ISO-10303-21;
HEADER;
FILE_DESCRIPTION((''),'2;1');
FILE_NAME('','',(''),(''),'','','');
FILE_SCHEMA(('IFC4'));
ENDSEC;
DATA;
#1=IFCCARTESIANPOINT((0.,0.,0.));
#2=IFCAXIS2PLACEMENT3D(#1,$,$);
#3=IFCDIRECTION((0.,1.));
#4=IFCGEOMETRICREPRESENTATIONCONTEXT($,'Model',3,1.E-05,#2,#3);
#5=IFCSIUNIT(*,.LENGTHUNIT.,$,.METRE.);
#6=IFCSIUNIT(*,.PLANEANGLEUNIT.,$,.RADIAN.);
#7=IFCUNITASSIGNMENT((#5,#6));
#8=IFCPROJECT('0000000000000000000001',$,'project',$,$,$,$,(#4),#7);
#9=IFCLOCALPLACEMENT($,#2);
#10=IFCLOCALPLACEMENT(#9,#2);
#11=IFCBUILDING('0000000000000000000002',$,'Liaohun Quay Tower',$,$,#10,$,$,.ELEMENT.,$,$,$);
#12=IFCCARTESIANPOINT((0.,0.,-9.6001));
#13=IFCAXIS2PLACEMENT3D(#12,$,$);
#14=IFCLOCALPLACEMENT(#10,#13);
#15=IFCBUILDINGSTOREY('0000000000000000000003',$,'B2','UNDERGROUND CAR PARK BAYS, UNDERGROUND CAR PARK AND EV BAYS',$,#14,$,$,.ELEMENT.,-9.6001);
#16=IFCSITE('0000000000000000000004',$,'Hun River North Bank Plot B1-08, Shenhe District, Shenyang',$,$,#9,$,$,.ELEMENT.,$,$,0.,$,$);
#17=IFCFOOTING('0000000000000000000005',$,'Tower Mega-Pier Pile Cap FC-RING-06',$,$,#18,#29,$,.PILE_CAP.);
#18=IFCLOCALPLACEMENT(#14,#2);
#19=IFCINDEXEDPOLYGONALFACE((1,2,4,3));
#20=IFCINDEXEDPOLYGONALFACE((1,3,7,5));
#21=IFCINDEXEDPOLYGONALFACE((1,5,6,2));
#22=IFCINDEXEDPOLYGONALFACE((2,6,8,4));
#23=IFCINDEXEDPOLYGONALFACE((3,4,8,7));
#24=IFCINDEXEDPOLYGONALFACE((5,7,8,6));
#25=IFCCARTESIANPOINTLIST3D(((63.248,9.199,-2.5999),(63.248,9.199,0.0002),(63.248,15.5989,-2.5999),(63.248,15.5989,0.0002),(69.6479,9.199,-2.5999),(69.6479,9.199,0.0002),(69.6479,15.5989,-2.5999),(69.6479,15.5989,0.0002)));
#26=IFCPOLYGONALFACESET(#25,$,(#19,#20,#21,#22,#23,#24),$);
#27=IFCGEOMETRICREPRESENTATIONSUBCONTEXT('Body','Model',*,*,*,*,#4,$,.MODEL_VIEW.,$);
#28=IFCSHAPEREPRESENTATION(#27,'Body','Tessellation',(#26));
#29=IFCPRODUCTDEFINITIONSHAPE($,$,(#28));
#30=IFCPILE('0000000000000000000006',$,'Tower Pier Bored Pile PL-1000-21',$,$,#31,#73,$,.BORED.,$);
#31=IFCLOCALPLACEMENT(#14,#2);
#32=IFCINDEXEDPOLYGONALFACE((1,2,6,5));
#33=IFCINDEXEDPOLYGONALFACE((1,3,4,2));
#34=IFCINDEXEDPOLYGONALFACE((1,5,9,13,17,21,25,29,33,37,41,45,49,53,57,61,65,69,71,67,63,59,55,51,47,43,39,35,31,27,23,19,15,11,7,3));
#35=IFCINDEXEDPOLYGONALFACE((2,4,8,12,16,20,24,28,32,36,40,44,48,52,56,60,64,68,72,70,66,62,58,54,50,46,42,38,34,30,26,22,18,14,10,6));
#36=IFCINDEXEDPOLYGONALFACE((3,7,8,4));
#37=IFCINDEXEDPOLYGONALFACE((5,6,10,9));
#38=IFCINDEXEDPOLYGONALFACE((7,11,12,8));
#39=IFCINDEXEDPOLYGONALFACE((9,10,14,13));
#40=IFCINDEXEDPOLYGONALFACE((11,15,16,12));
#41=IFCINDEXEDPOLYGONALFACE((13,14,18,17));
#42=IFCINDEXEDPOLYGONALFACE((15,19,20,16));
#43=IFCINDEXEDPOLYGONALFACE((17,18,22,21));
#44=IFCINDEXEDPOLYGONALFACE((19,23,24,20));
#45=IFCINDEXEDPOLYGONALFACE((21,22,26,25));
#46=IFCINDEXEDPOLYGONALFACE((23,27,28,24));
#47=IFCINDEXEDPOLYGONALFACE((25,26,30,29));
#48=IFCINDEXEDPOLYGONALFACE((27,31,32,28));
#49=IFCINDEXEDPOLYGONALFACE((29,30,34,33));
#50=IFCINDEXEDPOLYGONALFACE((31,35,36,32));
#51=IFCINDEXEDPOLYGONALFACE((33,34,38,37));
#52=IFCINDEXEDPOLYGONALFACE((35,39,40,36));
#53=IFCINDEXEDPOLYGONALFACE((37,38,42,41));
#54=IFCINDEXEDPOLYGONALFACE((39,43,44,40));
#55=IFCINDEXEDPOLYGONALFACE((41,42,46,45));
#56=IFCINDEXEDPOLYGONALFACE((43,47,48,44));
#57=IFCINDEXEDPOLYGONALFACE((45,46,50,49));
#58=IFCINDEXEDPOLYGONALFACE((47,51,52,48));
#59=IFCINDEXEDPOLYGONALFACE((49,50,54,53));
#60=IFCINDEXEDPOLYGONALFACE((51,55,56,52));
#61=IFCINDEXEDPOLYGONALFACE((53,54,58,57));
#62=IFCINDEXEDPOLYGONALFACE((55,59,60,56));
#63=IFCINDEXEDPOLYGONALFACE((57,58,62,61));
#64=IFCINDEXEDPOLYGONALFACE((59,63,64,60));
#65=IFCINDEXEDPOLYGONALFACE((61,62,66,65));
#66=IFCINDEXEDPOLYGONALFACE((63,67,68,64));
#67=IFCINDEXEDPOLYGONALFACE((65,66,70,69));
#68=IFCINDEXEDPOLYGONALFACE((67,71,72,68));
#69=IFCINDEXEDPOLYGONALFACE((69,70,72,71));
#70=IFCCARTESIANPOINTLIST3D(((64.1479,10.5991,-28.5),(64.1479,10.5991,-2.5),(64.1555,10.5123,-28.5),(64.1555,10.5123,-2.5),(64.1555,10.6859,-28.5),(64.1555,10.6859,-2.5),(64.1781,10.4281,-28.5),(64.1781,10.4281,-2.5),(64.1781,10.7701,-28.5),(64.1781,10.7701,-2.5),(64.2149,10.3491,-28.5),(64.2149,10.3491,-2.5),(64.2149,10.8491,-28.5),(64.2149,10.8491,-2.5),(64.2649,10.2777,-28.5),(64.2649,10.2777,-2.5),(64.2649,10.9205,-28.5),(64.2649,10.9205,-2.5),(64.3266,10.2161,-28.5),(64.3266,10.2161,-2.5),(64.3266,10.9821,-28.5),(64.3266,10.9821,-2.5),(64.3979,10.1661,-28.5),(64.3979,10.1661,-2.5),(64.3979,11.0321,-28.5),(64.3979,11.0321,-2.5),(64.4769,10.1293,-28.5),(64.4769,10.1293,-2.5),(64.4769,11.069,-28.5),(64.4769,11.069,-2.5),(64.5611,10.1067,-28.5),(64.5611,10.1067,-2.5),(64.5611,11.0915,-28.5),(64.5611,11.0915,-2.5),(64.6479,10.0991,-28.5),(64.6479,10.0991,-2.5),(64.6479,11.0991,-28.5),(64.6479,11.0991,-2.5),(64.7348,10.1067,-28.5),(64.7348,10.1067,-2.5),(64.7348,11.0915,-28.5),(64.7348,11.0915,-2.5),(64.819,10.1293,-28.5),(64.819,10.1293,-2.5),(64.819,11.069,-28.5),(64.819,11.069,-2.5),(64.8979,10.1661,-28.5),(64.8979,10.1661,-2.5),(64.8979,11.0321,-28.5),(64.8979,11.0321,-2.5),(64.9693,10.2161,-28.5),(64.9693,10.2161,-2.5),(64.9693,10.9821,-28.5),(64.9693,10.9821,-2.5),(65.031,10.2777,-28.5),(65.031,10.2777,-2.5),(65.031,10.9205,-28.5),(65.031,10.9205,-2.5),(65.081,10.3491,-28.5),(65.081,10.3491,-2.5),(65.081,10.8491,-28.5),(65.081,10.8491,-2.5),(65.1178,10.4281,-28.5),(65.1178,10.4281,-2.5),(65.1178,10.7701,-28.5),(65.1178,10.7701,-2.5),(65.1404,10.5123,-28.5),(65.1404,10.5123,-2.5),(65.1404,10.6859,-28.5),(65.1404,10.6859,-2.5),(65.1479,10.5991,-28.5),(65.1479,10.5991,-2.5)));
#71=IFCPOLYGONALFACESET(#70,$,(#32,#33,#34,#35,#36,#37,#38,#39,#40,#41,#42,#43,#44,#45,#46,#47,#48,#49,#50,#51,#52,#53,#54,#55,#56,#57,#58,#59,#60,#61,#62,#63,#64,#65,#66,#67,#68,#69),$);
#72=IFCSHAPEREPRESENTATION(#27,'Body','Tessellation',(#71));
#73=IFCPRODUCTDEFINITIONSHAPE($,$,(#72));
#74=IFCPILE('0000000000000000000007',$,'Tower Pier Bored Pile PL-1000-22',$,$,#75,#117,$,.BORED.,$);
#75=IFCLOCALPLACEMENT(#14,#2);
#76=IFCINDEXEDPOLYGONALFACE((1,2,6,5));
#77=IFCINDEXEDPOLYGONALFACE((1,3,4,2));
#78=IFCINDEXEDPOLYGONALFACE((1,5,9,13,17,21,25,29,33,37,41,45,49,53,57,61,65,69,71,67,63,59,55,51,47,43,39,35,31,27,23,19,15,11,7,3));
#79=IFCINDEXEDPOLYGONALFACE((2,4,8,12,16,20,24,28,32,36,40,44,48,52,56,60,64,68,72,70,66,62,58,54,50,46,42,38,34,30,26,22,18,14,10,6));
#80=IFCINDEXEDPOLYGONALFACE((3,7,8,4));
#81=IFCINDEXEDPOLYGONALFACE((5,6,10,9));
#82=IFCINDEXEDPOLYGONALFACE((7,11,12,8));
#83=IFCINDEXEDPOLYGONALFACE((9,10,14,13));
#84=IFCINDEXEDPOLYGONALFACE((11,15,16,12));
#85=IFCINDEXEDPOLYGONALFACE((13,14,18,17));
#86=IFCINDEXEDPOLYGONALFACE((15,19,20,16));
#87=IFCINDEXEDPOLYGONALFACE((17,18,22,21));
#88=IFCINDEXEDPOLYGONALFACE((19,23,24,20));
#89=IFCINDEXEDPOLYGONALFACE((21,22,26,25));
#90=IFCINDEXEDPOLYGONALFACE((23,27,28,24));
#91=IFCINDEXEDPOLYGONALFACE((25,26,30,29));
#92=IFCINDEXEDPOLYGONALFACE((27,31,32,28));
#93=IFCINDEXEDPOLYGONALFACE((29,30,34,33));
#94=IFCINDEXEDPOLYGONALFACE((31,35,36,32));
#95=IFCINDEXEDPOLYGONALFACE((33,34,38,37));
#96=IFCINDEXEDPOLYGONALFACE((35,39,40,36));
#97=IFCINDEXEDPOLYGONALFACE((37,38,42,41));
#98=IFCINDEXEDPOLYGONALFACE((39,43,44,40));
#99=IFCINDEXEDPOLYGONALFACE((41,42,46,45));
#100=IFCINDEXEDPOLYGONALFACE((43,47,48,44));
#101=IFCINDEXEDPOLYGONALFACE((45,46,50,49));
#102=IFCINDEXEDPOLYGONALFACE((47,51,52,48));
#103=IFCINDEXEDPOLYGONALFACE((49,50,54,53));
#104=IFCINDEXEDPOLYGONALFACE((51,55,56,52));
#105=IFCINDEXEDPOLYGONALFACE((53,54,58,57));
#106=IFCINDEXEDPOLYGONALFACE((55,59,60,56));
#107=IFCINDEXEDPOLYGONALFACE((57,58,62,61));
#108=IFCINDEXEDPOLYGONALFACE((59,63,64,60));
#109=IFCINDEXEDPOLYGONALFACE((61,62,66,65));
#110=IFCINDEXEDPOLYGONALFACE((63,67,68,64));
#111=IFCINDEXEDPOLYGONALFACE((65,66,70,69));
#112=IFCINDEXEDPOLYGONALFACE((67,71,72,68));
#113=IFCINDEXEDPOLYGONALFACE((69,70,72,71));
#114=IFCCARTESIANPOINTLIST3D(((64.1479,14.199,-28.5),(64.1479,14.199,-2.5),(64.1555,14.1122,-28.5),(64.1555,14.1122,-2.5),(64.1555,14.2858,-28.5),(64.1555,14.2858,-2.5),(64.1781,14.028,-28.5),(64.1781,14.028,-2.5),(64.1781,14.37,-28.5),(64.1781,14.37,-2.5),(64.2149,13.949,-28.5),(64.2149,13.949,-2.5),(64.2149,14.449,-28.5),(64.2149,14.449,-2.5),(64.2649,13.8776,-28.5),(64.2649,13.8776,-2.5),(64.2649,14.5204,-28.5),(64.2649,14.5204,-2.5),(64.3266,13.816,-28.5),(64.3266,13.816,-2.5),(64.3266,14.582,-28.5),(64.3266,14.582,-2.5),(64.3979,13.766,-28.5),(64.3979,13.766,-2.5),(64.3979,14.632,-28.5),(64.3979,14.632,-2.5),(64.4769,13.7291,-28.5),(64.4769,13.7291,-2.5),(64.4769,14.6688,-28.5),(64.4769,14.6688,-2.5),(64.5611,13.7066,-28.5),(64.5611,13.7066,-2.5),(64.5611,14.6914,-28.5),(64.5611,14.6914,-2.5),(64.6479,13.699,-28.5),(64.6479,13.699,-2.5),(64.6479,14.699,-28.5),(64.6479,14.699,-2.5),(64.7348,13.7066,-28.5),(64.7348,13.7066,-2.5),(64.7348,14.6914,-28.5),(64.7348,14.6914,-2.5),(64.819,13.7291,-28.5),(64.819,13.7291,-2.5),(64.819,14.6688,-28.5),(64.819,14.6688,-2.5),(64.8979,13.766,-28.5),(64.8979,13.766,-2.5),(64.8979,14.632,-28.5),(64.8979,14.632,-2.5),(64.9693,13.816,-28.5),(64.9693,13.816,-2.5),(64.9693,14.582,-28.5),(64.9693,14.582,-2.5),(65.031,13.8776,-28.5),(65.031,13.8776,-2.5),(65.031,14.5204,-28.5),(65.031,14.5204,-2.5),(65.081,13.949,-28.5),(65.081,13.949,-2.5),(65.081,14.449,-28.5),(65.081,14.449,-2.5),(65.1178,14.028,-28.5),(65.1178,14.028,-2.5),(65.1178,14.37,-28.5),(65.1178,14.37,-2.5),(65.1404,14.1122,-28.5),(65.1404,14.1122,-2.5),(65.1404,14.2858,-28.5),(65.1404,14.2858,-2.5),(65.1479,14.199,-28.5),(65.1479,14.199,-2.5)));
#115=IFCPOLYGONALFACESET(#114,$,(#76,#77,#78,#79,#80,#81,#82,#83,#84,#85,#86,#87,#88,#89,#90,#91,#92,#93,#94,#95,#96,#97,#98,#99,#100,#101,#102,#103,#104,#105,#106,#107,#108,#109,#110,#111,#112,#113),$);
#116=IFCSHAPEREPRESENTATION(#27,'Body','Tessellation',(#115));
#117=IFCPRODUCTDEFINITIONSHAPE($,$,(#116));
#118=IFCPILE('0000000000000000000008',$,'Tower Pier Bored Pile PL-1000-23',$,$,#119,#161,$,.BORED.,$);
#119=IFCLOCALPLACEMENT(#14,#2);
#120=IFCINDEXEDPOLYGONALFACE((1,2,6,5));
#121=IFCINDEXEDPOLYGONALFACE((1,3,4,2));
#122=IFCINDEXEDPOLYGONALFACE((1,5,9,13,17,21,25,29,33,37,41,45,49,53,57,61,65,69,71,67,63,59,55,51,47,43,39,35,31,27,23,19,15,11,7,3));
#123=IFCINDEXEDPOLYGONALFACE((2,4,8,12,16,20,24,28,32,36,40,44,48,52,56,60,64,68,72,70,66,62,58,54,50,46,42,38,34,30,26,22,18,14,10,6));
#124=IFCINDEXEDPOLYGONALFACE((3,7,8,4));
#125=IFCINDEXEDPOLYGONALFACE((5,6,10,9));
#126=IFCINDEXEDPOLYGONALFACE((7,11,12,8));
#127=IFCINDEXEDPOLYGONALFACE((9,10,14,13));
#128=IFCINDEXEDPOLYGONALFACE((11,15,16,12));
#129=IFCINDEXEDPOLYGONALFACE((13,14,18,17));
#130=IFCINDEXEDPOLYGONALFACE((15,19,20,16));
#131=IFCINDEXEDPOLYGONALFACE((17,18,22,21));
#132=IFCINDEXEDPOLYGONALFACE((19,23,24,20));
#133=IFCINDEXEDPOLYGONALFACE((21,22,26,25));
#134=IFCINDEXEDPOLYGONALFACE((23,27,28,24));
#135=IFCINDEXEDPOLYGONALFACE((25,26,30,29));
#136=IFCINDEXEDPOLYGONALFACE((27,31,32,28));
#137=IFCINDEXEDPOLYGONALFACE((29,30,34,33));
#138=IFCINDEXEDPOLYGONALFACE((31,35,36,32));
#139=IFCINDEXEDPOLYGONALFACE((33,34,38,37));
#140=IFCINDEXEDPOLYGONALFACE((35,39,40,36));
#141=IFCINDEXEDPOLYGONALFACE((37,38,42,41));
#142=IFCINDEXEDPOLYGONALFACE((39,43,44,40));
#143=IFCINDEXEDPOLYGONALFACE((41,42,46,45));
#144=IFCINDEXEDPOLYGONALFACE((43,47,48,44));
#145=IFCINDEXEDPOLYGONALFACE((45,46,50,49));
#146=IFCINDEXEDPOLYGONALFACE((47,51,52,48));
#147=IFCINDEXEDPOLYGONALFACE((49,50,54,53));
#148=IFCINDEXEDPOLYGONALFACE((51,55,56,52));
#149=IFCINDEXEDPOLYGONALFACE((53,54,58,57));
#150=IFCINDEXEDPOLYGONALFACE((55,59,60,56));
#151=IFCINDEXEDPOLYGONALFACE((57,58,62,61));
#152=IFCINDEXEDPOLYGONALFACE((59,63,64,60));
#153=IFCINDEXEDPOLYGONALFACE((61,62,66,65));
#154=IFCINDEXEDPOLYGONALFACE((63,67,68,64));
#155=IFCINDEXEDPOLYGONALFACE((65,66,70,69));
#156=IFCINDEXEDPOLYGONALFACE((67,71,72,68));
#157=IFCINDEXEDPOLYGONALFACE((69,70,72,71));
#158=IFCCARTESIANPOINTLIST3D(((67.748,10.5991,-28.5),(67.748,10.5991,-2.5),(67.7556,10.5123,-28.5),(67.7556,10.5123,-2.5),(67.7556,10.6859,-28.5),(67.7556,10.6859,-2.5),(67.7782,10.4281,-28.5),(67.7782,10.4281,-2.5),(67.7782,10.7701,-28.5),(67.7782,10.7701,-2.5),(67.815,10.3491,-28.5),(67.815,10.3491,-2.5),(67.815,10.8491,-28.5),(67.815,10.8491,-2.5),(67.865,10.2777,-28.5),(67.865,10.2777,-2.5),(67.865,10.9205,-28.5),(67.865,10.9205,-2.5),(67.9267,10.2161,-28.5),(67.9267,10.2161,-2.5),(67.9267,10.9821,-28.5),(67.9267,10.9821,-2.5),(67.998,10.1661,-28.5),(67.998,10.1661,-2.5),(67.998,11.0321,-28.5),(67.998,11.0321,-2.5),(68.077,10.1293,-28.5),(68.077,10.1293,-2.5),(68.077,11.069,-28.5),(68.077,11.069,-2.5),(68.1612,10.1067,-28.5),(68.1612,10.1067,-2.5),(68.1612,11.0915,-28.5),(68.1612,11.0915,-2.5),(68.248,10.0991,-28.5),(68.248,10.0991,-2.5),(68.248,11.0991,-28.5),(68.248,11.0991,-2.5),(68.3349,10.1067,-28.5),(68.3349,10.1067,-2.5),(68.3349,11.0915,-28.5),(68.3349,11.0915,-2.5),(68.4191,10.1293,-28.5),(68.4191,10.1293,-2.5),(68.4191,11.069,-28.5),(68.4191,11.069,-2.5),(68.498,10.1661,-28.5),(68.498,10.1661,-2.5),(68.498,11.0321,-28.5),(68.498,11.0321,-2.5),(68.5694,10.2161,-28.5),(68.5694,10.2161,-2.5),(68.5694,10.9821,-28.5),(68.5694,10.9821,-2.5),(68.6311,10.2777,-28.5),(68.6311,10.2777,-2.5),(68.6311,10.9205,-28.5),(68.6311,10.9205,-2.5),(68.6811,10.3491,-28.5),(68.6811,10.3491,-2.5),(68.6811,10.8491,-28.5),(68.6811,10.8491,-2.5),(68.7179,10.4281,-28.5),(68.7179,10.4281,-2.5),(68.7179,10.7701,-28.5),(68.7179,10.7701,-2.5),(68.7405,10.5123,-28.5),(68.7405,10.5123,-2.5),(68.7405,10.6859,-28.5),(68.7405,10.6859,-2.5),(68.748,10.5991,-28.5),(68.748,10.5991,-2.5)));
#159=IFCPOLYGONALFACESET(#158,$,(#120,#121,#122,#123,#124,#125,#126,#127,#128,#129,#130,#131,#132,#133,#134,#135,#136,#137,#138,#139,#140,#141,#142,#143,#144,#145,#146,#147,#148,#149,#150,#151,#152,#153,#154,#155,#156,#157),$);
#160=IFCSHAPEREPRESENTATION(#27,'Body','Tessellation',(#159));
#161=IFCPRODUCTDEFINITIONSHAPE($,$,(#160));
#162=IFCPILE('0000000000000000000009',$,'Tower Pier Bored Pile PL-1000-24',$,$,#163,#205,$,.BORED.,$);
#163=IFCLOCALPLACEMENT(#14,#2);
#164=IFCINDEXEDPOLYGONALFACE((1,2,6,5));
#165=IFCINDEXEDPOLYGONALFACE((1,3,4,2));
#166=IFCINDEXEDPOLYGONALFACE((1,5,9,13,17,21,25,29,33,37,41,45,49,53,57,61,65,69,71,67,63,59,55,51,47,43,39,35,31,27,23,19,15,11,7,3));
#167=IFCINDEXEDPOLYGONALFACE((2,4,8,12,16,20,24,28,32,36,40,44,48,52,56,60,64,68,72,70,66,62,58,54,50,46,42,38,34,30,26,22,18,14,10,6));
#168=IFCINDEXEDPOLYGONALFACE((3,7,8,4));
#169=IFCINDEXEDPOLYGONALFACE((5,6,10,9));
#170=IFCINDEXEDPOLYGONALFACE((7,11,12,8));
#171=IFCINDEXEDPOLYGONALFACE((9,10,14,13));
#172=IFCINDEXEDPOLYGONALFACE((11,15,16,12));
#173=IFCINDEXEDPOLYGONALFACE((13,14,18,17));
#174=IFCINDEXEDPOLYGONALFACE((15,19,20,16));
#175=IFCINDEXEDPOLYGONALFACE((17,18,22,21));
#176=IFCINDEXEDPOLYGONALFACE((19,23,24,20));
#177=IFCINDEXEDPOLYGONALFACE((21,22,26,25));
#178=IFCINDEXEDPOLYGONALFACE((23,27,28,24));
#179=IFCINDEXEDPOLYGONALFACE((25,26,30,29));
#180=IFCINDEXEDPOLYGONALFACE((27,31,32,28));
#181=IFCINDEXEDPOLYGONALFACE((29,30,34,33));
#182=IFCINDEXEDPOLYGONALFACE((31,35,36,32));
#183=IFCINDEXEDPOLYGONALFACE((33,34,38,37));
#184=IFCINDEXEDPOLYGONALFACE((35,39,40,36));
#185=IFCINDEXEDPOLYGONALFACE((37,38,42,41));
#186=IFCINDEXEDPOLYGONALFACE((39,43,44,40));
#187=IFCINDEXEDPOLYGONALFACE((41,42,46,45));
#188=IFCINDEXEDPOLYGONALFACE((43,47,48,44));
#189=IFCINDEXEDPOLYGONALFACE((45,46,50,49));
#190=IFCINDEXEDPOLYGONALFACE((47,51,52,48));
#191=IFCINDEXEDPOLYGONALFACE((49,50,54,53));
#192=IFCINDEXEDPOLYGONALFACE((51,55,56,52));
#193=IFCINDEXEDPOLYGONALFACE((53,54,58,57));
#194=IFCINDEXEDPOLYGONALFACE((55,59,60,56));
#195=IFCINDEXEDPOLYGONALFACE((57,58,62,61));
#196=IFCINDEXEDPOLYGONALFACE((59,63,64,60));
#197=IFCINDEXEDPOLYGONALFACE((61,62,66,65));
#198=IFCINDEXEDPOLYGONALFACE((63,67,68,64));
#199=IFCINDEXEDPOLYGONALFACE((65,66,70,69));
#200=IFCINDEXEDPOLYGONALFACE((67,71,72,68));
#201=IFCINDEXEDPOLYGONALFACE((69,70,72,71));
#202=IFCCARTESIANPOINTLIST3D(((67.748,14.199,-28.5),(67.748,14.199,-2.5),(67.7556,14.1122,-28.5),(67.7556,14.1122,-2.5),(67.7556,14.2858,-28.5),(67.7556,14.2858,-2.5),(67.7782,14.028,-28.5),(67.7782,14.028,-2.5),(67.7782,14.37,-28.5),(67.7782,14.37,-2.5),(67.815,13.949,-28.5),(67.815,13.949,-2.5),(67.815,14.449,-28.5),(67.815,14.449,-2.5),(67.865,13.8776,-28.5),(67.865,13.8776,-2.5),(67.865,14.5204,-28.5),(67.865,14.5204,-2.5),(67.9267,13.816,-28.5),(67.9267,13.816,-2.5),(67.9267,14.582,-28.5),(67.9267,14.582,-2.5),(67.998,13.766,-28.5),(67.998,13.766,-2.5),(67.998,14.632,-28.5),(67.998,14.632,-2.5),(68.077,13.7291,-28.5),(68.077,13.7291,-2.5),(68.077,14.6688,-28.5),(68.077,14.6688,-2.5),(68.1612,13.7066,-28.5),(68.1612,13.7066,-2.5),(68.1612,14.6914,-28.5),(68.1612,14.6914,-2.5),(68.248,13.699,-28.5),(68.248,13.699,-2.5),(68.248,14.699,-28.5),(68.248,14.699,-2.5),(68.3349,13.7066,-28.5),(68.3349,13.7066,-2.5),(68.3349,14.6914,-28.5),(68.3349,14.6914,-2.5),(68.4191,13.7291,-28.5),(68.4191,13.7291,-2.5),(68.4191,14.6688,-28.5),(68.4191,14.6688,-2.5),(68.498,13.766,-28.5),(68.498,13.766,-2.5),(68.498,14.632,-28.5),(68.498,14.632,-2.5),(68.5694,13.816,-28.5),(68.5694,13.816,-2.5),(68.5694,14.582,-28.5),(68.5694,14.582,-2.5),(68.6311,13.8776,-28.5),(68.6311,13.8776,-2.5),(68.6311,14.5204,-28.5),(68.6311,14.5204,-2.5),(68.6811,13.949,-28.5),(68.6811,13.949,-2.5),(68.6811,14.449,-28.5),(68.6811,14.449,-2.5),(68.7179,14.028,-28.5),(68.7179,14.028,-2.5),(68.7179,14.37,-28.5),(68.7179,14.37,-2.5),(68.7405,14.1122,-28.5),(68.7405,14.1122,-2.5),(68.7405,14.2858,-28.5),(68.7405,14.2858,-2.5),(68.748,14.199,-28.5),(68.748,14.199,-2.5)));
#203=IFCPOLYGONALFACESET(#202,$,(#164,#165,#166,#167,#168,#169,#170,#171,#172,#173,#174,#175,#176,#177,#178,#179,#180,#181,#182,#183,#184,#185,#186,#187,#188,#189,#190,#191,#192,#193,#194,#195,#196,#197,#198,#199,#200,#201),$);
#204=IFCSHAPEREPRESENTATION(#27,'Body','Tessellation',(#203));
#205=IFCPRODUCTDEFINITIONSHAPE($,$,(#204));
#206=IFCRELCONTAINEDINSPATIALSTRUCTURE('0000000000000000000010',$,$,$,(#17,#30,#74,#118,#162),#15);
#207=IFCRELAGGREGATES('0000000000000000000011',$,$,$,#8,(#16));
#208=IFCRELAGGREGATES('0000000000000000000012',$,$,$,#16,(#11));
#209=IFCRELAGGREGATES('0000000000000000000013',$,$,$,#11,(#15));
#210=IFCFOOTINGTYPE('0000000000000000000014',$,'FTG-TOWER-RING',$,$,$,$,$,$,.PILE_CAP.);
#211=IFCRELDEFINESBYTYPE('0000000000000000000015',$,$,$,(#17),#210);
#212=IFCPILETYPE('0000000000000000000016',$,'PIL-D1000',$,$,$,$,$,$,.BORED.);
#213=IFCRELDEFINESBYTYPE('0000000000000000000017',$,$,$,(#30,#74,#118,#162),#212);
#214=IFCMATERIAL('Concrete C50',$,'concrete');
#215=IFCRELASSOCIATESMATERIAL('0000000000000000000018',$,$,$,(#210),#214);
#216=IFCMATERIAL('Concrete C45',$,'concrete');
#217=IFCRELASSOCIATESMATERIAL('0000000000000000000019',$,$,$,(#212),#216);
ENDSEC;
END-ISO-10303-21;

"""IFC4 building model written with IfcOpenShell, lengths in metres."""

from ifc_helpers import new_model, si_unit, direction, frame, origin, origin_2d, place, context, subcontext, project, spatial, rectangle, circle, extrude, source, transform, mapped, material, material_profile, profile_set, type_object, element, save


model = new_model("IFC4")

# Units and contexts
model_context = context("Model", 3, precision=1e-05, world=origin(), true_north=direction((0.0, 1.0)))
body_context = subcontext(model_context, "Body", "Model", "MODEL_VIEW")
ifc_project = project(units=[si_unit("LENGTHUNIT", "METRE"), si_unit("PLANEANGLEUNIT", "RADIAN")], contexts=[model_context])

# Site, building, storey
site_placement = place(None, origin())
site = spatial("IfcSite", under=ifc_project, at=site_placement, Name="Hun River North Bank Plot B1-08, Shenhe District, Shenyang", CompositionType="ELEMENT", RefElevation=0.0)
building_placement = place(site_placement, origin())
building = spatial("IfcBuilding", under=site, at=building_placement, Name="Liaohun Quay Tower", CompositionType="ELEMENT")
storey_placement = place(building_placement, frame((0.0, 0.0, -9.6001)))
storey = spatial("IfcBuildingStorey", under=building, at=storey_placement, Name="B2", Description="UNDERGROUND CAR PARK BAYS, UNDERGROUND CAR PARK AND EV BAYS", CompositionType="ELEMENT", Elevation=-9.6001)

# Footing
ifc_material_1 = material(Name="Concrete C50", Category="concrete")
footing_type_1 = type_object("IfcFootingType", Name="FTG-TOWER-RING", PredefinedType="PILE_CAP", material=ifc_material_1)
shared_shape_1 = source(origin(), body_context, "Body", "SweptSolid", [
    extrude(rectangle(XDim=6.3999, YDim=6.3999, at=origin_2d()), origin(), (0.0, 0.0, 1.0), 2.6001),
])
footing_1_placement = place(storey_placement, frame((66.448, 12.3989, -2.5999), z_axis=(0.0, 0.0, 1.0), x_axis=(1.0, 0.0, 0.0)))
element("IfcFooting", 1, at=footing_1_placement, inside=storey, type_object=footing_type_1, Name="Tower Mega-Pier Pile Cap FC-RING-06", PredefinedType="PILE_CAP", context=body_context, shape_type="MappedRepresentation", body=[
    mapped(shared_shape_1, transform((0.0, 0.0, 0.0), x_axis=(1.0, 0.0, 0.0), y_axis=(0.0, 1.0, 0.0), z_axis=(0.0, 0.0, 1.0), scale=1.0)),
])

# Piles
ifc_material_2 = material(Name="Concrete C45", Category="concrete")
ifc_material_profile_1 = material_profile(ifc_material_2, circle(Radius=0.5, at=origin_2d()), Name="PILE-D1000")
ifc_profile_set_1 = profile_set([ifc_material_profile_1], Name="Concrete C45")
pile_type_1 = type_object("IfcPileType", Name="PIL-D1000", PredefinedType="BORED", material=ifc_profile_set_1)
shared_shape_2 = source(origin(), body_context, "Body", "SweptSolid", [
    extrude(circle(Radius=0.5, at=origin_2d()), origin(), (0.0, 0.0, 1.0), 26.0),
])
for number, where, z_axis, x_axis, name in (
    (2, (64.6479, 10.5991, -2.5), (0.0, 0.0, -1.0), (1.0, 0.0, 0.0), "Tower Pier Bored Pile PL-1000-21"),
    (3, (64.6479, 14.199, -2.5), (0.0, 0.0, -1.0), (1.0, 0.0, 0.0), "Tower Pier Bored Pile PL-1000-22"),
    (4, (68.248, 10.5991, -2.5), (0.0, 0.0, -1.0), (1.0, 0.0, 0.0), "Tower Pier Bored Pile PL-1000-23"),
    (5, (68.248, 14.199, -2.5), (0.0, 0.0, -1.0), (1.0, 0.0, 0.0), "Tower Pier Bored Pile PL-1000-24"),
):
    element("IfcPile", number, at=place(storey_placement, frame(where, z_axis=z_axis, x_axis=x_axis)), inside=storey, type_object=pile_type_1, Name=name, PredefinedType="BORED", context=body_context, shape_type="MappedRepresentation", body=[
        mapped(shared_shape_2, transform((0.0, 0.0, 0.0), x_axis=(1.0, 0.0, 0.0), y_axis=(0.0, 1.0, 0.0), z_axis=(0.0, 0.0, 1.0), scale=1.0)),
    ])

save(model, "model.ifc")
